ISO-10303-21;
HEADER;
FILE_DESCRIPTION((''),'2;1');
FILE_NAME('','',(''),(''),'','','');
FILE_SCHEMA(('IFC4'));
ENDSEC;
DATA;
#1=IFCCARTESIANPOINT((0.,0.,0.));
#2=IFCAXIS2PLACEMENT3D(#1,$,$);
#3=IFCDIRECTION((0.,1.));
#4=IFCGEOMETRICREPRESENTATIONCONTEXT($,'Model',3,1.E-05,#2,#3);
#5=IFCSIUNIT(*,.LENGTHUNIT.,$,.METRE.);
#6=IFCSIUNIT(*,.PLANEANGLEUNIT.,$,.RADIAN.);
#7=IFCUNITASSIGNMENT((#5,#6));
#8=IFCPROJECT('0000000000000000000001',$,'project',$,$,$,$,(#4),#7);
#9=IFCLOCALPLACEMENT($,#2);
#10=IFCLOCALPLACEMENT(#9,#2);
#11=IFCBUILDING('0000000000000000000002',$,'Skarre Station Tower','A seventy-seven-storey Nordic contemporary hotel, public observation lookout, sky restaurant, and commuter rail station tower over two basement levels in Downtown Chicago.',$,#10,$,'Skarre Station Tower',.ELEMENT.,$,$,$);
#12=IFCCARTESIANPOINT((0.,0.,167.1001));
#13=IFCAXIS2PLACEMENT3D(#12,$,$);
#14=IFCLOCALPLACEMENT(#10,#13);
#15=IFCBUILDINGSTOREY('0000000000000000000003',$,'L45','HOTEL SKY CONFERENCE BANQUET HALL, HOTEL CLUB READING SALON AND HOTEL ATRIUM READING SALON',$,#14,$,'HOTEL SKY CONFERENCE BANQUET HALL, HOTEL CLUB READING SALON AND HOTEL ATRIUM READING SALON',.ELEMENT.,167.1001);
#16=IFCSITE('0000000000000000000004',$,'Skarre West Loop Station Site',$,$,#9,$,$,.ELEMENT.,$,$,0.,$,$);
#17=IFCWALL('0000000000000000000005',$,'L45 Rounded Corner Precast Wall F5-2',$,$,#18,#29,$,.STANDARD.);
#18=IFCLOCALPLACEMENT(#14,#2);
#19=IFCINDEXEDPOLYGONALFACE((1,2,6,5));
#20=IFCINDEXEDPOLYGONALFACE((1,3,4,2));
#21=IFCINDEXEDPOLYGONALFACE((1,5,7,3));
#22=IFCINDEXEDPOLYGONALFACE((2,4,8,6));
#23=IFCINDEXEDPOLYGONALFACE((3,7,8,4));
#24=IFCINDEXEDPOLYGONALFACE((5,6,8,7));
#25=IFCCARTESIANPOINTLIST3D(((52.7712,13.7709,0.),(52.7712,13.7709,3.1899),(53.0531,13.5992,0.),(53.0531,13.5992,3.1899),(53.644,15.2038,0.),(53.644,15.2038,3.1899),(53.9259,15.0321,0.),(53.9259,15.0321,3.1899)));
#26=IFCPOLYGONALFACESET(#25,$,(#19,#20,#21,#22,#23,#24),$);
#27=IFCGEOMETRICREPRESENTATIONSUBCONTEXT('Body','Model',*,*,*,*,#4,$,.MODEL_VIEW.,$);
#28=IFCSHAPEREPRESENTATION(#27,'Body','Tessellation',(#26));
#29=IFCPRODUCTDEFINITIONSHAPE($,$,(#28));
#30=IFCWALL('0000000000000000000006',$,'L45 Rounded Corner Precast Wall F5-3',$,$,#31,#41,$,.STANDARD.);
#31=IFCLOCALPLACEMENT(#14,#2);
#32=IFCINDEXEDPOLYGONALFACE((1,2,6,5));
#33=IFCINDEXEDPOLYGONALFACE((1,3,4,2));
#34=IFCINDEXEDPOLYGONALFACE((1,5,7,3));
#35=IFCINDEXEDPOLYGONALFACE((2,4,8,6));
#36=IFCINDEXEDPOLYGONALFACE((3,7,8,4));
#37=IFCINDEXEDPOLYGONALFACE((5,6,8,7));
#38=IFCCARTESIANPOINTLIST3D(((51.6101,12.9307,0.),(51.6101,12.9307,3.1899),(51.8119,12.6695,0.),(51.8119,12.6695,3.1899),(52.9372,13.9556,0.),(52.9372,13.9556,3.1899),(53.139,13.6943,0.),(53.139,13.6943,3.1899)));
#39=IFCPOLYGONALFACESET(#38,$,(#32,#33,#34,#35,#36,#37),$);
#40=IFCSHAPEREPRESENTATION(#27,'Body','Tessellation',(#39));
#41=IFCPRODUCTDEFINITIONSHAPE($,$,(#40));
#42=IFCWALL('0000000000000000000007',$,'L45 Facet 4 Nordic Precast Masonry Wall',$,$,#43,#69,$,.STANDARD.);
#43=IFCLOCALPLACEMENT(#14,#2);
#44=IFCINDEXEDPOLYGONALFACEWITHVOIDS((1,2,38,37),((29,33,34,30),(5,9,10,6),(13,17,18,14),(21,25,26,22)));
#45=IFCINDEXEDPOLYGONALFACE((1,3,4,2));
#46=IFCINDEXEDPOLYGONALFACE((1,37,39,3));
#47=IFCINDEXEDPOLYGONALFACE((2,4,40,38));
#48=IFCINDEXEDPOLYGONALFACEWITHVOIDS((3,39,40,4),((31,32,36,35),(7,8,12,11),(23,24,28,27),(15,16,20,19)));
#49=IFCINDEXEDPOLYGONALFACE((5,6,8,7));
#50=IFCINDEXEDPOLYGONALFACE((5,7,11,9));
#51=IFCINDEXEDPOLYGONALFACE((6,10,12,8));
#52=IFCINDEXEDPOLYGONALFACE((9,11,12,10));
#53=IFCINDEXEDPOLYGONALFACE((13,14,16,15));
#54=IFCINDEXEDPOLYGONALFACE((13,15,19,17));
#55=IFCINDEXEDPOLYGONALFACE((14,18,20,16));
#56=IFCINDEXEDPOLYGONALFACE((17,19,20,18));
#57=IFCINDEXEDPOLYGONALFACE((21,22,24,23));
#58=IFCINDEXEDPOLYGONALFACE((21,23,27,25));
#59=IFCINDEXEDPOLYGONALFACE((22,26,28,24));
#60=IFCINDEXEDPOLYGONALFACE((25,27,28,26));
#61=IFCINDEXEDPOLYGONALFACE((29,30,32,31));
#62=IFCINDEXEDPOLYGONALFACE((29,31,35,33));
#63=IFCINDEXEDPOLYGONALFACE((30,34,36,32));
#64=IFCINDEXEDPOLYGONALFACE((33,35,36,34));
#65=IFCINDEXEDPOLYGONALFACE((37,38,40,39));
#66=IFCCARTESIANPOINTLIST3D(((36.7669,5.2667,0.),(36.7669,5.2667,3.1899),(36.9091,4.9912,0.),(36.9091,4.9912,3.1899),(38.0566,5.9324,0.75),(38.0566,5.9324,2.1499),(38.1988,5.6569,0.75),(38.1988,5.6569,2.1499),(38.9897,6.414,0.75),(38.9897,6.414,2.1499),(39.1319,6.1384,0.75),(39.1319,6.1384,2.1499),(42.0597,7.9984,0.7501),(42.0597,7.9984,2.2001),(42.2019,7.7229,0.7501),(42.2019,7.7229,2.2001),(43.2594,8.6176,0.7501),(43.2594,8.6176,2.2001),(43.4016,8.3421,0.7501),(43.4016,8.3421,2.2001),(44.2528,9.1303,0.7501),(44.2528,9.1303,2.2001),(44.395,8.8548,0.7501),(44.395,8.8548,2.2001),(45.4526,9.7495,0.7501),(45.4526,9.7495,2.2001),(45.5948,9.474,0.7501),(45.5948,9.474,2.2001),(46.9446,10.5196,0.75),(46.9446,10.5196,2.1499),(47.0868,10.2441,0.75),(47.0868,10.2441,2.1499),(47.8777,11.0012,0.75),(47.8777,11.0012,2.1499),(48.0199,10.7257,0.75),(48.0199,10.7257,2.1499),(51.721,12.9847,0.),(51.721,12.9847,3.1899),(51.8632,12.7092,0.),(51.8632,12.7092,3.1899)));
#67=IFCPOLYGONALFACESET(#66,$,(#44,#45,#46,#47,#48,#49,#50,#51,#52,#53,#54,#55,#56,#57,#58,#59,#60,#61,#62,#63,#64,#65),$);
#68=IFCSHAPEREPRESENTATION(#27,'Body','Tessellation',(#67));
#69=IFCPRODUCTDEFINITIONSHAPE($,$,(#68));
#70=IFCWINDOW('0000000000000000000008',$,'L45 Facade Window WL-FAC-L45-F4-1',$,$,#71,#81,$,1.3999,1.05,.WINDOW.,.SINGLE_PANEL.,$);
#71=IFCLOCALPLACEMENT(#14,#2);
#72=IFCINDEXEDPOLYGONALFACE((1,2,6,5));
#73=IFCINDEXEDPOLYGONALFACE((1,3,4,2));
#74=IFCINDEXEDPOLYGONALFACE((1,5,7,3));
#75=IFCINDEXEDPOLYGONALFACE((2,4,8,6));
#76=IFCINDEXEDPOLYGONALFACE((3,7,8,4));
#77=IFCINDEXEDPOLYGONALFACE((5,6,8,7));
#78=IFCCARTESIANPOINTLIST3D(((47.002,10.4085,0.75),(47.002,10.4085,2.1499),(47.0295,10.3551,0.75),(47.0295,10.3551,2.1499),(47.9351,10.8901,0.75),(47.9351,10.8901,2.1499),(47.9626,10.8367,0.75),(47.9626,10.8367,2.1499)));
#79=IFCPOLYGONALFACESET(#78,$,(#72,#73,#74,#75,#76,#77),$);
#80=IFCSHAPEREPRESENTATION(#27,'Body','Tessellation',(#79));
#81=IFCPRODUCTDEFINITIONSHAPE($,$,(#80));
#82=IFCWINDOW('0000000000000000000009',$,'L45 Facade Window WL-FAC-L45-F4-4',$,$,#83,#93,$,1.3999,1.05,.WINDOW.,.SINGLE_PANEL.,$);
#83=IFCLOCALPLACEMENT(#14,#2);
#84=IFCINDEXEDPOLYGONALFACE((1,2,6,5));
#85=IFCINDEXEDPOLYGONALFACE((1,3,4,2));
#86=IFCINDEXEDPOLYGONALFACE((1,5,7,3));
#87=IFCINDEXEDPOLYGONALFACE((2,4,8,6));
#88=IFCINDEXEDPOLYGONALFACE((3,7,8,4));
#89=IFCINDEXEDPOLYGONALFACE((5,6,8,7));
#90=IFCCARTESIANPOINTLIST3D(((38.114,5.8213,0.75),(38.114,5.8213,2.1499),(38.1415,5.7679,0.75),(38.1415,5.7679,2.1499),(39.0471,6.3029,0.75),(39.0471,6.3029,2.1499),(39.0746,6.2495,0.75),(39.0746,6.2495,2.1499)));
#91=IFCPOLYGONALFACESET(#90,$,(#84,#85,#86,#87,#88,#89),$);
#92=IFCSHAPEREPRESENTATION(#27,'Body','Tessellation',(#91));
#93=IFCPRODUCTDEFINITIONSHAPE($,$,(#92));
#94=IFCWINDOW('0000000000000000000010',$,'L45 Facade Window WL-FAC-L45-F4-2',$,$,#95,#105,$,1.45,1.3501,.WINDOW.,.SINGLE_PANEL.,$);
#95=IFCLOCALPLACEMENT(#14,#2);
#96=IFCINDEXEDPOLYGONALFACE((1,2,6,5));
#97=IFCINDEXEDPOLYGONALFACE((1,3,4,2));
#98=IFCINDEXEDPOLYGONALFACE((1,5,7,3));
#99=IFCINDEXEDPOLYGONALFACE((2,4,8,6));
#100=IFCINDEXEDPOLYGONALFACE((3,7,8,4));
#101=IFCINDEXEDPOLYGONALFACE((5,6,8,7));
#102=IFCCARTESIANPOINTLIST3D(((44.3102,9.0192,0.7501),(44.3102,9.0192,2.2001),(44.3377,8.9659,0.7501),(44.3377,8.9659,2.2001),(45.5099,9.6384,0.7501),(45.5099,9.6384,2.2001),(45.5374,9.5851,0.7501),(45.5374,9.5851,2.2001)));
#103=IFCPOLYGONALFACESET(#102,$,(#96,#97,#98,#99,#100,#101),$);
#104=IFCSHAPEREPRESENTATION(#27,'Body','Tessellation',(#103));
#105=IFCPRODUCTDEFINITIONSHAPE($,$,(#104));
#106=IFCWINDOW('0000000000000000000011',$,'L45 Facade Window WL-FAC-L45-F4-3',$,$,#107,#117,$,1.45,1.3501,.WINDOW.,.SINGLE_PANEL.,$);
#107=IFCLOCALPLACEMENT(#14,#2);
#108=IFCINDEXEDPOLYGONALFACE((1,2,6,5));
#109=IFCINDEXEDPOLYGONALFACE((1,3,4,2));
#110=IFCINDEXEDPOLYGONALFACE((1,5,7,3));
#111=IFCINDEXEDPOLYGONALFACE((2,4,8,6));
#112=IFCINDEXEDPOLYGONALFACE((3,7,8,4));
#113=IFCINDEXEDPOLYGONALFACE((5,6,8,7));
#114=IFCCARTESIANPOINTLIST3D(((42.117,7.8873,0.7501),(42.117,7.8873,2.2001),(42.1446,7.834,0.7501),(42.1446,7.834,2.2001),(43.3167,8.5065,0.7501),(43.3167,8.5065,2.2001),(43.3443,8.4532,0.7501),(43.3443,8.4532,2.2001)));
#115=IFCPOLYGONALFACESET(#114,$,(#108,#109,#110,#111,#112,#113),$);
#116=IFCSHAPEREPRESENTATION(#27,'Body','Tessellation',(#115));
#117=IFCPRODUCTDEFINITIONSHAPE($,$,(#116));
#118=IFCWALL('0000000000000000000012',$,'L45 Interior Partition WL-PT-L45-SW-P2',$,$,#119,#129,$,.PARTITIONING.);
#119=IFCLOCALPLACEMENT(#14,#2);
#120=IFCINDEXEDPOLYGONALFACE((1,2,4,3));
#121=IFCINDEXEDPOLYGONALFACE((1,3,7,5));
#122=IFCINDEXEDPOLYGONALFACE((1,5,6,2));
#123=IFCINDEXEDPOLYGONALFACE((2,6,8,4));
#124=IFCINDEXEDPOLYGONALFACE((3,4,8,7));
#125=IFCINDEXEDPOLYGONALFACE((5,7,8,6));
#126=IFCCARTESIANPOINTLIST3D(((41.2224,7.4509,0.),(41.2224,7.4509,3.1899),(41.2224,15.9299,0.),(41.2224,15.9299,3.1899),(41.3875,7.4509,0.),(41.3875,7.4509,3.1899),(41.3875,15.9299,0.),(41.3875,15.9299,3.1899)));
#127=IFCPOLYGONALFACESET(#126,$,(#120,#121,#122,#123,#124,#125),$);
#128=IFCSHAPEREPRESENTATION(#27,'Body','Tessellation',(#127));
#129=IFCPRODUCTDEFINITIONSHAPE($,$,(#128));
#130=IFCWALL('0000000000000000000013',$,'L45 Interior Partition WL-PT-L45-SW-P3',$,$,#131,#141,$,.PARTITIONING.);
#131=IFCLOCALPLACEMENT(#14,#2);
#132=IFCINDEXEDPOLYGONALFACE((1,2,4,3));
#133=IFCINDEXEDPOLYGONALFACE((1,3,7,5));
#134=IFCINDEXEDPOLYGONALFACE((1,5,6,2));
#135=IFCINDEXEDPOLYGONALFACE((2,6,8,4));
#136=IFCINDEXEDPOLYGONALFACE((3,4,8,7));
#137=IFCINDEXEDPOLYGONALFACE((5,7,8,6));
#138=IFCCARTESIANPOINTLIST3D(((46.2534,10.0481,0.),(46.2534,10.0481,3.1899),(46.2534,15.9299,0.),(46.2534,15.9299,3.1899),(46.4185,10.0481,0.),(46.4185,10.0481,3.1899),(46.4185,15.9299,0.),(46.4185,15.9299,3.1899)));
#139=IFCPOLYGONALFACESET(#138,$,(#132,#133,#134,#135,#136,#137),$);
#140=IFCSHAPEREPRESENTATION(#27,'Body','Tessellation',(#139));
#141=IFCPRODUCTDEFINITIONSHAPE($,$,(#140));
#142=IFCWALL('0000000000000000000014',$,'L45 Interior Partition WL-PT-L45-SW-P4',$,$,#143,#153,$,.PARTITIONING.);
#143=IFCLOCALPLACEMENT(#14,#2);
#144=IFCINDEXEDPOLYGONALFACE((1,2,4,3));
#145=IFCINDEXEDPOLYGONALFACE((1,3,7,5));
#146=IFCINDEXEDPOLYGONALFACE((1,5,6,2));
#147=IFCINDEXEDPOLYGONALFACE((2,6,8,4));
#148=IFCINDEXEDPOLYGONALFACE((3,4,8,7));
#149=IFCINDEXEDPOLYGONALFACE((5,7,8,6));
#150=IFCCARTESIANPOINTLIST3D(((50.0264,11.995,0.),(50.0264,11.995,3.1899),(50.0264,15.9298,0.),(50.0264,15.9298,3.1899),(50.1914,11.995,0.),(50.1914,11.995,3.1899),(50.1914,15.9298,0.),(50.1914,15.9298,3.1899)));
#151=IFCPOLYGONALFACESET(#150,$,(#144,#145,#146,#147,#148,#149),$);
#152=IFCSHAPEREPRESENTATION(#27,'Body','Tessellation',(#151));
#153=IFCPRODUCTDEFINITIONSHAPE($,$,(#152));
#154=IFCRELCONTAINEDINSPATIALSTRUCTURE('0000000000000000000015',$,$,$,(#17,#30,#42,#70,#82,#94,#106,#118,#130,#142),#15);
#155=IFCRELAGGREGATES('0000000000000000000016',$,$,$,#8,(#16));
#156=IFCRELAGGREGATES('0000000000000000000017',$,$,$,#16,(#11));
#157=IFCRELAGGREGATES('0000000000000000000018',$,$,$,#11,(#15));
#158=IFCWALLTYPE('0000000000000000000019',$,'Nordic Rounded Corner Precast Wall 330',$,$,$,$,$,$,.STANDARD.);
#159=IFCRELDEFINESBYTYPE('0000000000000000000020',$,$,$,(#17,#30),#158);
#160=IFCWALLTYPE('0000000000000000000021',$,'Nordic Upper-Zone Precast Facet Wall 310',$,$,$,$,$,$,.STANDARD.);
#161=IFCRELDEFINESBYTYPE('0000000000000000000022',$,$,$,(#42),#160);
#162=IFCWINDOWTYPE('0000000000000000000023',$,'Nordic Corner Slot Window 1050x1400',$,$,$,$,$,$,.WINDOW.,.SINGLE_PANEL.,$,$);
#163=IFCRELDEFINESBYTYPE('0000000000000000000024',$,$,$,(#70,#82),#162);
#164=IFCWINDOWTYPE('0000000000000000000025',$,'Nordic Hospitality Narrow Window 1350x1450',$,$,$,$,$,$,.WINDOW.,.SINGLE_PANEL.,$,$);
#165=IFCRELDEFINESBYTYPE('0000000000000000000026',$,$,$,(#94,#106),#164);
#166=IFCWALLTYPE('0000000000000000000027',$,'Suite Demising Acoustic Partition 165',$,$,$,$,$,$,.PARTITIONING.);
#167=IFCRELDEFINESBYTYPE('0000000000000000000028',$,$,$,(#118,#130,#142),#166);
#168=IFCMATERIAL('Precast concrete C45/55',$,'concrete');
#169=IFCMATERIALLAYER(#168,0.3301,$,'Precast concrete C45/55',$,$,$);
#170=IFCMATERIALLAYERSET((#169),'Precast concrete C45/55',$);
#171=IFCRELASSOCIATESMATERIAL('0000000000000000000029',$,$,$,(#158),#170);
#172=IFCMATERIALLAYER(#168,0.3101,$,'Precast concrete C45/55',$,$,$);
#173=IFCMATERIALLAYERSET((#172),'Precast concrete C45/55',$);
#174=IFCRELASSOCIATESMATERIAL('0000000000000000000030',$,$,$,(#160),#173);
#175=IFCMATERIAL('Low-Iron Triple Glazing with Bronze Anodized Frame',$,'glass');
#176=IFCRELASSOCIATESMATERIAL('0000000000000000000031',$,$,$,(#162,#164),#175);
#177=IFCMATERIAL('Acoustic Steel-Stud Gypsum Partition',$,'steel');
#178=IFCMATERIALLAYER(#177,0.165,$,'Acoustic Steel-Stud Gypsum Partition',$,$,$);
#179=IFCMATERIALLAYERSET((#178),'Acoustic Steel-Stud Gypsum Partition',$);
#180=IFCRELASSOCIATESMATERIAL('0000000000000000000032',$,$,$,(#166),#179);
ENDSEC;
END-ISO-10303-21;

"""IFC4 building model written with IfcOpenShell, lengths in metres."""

from ifc_helpers import new_model, si_unit, direction, frame, frame_2d, origin, place, context, subcontext, project, spatial, rectangle, extrude, material, layer, layer_set, type_object, element, fill, save


model = new_model("IFC4")

# Units and contexts
model_context = context("Model", 3, precision=1e-05, world=origin(), true_north=direction((0.0, 1.0)))
body_context = subcontext(model_context, "Body", "Model", "MODEL_VIEW")
ifc_project = project(units=[si_unit("LENGTHUNIT", "METRE"), si_unit("PLANEANGLEUNIT", "RADIAN")], contexts=[model_context])

# Site, building, storey
site_placement = place(None, origin())
site = spatial("IfcSite", under=ifc_project, at=site_placement, Name="Skarre West Loop Station Site", CompositionType="ELEMENT", RefElevation=0.0)
building_placement = place(site_placement, origin())
building = spatial("IfcBuilding", under=site, at=building_placement, Name="Skarre Station Tower", Description="A seventy-seven-storey Nordic contemporary hotel, public observation lookout, sky restaurant, and commuter rail station tower over two basement levels in Downtown Chicago.", LongName="Skarre Station Tower", CompositionType="ELEMENT")
storey_placement = place(building_placement, frame((0.0, 0.0, 167.1001)))
storey = spatial("IfcBuildingStorey", under=building, at=storey_placement, Name="L45", Description="HOTEL SKY CONFERENCE BANQUET HALL, HOTEL CLUB READING SALON AND HOTEL ATRIUM READING SALON", LongName="HOTEL SKY CONFERENCE BANQUET HALL, HOTEL CLUB READING SALON AND HOTEL ATRIUM READING SALON", CompositionType="ELEMENT", Elevation=167.1001)

# Shared definitions
ifc_material_1 = material(Name="Acoustic Steel-Stud Gypsum Partition", Category="steel")

# Walls
ifc_material_2 = material(Name="Precast concrete C45/55", Category="concrete")
ifc_layer_1 = layer(ifc_material_2, 0.3301, Name="Precast concrete C45/55")
ifc_layer_set_1 = layer_set([ifc_layer_1], Name="Precast concrete C45/55")
wall_type_1 = type_object("IfcWallType", Name="Nordic Rounded Corner Precast Wall 330", PredefinedType="STANDARD", material=ifc_layer_set_1)
wall_1_placement = place(storey_placement, frame((53.7849, 15.1179, 0.0), z_axis=(0.0, 0.0, 1.0), x_axis=(-0.520219, -0.854033, 0.0)))
element("IfcWall", 1, at=wall_1_placement, inside=storey, type_object=wall_type_1, Name="L45 Rounded Corner Precast Wall F5-2", PredefinedType="STANDARD", context=body_context, shape_type="SweptSolid", body=[
    extrude(rectangle(XDim=1.6777, YDim=0.3301, at=frame_2d((0.8389, 0.0))), origin(), (0.0, 0.0, 1.0), 3.1899),
])
wall_2_placement = place(storey_placement, frame((53.0381, 13.825, 0.0), z_axis=(0.0, 0.0, 1.0), x_axis=(-0.791464, -0.611215, 0.0)))
element("IfcWall", 2, at=wall_2_placement, inside=storey, type_object=wall_type_1, Name="L45 Rounded Corner Precast Wall F5-3", PredefinedType="STANDARD", context=body_context, shape_type="SweptSolid", body=[
    extrude(rectangle(XDim=1.6768, YDim=0.3301, at=frame_2d((0.8384, 0.0))), origin(), (0.0, 0.0, 1.0), 3.1899),
])

# Wall, openings, windows
ifc_layer_2 = layer(ifc_material_2, 0.3101, Name="Precast concrete C45/55")
ifc_layer_set_2 = layer_set([ifc_layer_2], Name="Precast concrete C45/55")
wall_type_2 = type_object("IfcWallType", Name="Nordic Upper-Zone Precast Facet Wall 310", PredefinedType="STANDARD", material=ifc_layer_set_2)
wall_3_placement = place(storey_placement, frame((51.792, 12.8469, 0.0), z_axis=(0.0, 0.0, 1.0), x_axis=(-0.888626, -0.458632, 0.0)))
wall_3 = element("IfcWall", 3, at=wall_3_placement, inside=storey, type_object=wall_type_2, Name="L45 Facet 4 Nordic Precast Masonry Wall", PredefinedType="STANDARD", context=body_context, shape_type="SweptSolid", body=[
    extrude(rectangle(XDim=16.8284, YDim=0.3101, at=frame_2d((8.4141, 0.0))), origin(), (0.0, 0.0, 1.0), 3.1899),
])
opening_1_placement = place(wall_3_placement, frame((4.325, 0.0, 0.75)))
opening_1 = element("IfcOpeningElement", 4, at=opening_1_placement, cuts=wall_3, PredefinedType="OPENING", context=body_context, shape_type="SweptSolid", body=[
    extrude(rectangle(XDim=1.05, YDim=1.3999, at=frame_2d((0.5249, 0.7))), frame((0.0, 0.165, 0.0), z_axis=(0.0, -1.0, 0.0), x_axis=(1.0, 0.0, 0.0)), (0.0, 0.0, 1.0), 0.3301),
])
opening_2_placement = place(wall_3_placement, frame((7.054, 0.0, 0.75)))
opening_2 = element("IfcOpeningElement", 5, at=opening_2_placement, cuts=wall_3, PredefinedType="OPENING", context=body_context, shape_type="SweptSolid", body=[
    extrude(rectangle(XDim=1.3501, YDim=1.45, at=frame_2d((0.675, 0.7251))), frame((0.0, 0.165, 0.0), z_axis=(0.0, -1.0, 0.0), x_axis=(1.0, 0.0, 0.0)), (0.0, 0.0, 1.0), 0.3301),
])
opening_3_placement = place(wall_3_placement, frame((9.522, 0.0, 0.75)))
opening_3 = element("IfcOpeningElement", 6, at=opening_3_placement, cuts=wall_3, PredefinedType="OPENING", context=body_context, shape_type="SweptSolid", body=[
    extrude(rectangle(XDim=1.3501, YDim=1.45, at=frame_2d((0.675, 0.7251))), frame((0.0, 0.165, 0.0), z_axis=(0.0, -1.0, 0.0), x_axis=(1.0, 0.0, 0.0)), (0.0, 0.0, 1.0), 0.3301),
])
opening_4_placement = place(wall_3_placement, frame((14.3269, 0.0, 0.75)))
opening_4 = element("IfcOpeningElement", 7, at=opening_4_placement, cuts=wall_3, PredefinedType="OPENING", context=body_context, shape_type="SweptSolid", body=[
    extrude(rectangle(XDim=1.05, YDim=1.3999, at=frame_2d((0.5249, 0.7))), frame((0.0, 0.165, 0.0), z_axis=(0.0, -1.0, 0.0), x_axis=(1.0, 0.0, 0.0)), (0.0, 0.0, 1.0), 0.3301),
])
ifc_material_3 = material(Name="Low-Iron Triple Glazing with Bronze Anodized Frame", Category="glass")
window_type_1 = type_object("IfcWindowType", Name="Nordic Corner Slot Window 1050x1400", PartitioningType="SINGLE_PANEL", PredefinedType="WINDOW", material=ifc_material_3)
window_1_placement = place(opening_1_placement, origin())
window_1 = element("IfcWindow", 8, at=window_1_placement, inside=storey, type_object=window_type_1, Name="L45 Facade Window WL-FAC-L45-F4-1", OverallHeight=1.3999, OverallWidth=1.05, PartitioningType="SINGLE_PANEL", PredefinedType="WINDOW", context=body_context, shape_type="SweptSolid", body=[
    extrude(rectangle(XDim=1.05, YDim=1.3999, at=frame_2d((0.5249, 0.7))), frame((0.0, 0.03, 0.0), z_axis=(0.0, -1.0, 0.0), x_axis=(1.0, 0.0, 0.0)), (0.0, 0.0, 1.0), 0.0601),
])
fill(opening_1, window_1)
window_2_placement = place(opening_4_placement, origin())
window_2 = element("IfcWindow", 9, at=window_2_placement, inside=storey, type_object=window_type_1, Name="L45 Facade Window WL-FAC-L45-F4-4", OverallHeight=1.3999, OverallWidth=1.05, PartitioningType="SINGLE_PANEL", PredefinedType="WINDOW", context=body_context, shape_type="SweptSolid", body=[
    extrude(rectangle(XDim=1.05, YDim=1.3999, at=frame_2d((0.5249, 0.7))), frame((0.0, 0.03, 0.0), z_axis=(0.0, -1.0, 0.0), x_axis=(1.0, 0.0, 0.0)), (0.0, 0.0, 1.0), 0.0601),
])
fill(opening_4, window_2)
window_type_2 = type_object("IfcWindowType", Name="Nordic Hospitality Narrow Window 1350x1450", PartitioningType="SINGLE_PANEL", PredefinedType="WINDOW", material=ifc_material_3)
window_3_placement = place(opening_2_placement, origin())
window_3 = element("IfcWindow", 10, at=window_3_placement, inside=storey, type_object=window_type_2, Name="L45 Facade Window WL-FAC-L45-F4-2", OverallHeight=1.45, OverallWidth=1.3501, PartitioningType="SINGLE_PANEL", PredefinedType="WINDOW", context=body_context, shape_type="SweptSolid", body=[
    extrude(rectangle(XDim=1.3501, YDim=1.45, at=frame_2d((0.675, 0.7251))), frame((0.0, 0.03, 0.0), z_axis=(0.0, -1.0, 0.0), x_axis=(1.0, 0.0, 0.0)), (0.0, 0.0, 1.0), 0.0601),
])
fill(opening_2, window_3)
window_4_placement = place(opening_3_placement, origin())
window_4 = element("IfcWindow", 11, at=window_4_placement, inside=storey, type_object=window_type_2, Name="L45 Facade Window WL-FAC-L45-F4-3", OverallHeight=1.45, OverallWidth=1.3501, PartitioningType="SINGLE_PANEL", PredefinedType="WINDOW", context=body_context, shape_type="SweptSolid", body=[
    extrude(rectangle(XDim=1.3501, YDim=1.45, at=frame_2d((0.675, 0.7251))), frame((0.0, 0.03, 0.0), z_axis=(0.0, -1.0, 0.0), x_axis=(1.0, 0.0, 0.0)), (0.0, 0.0, 1.0), 0.0601),
])
fill(opening_3, window_4)

# Walls
ifc_layer_3 = layer(ifc_material_1, 0.165, Name="Acoustic Steel-Stud Gypsum Partition")
ifc_layer_set_3 = layer_set([ifc_layer_3], Name="Acoustic Steel-Stud Gypsum Partition")
wall_type_3 = type_object("IfcWallType", Name="Suite Demising Acoustic Partition 165", PredefinedType="PARTITIONING", material=ifc_layer_set_3)
wall_4_placement = place(storey_placement, frame((41.3049, 7.4509, 0.0), z_axis=(0.0, 0.0, 1.0), x_axis=(0.0, 1.0, 0.0)))
element("IfcWall", 12, at=wall_4_placement, inside=storey, type_object=wall_type_3, Name="L45 Interior Partition WL-PT-L45-SW-P2", PredefinedType="PARTITIONING", context=body_context, shape_type="SweptSolid", body=[
    extrude(rectangle(XDim=8.479, YDim=0.165, at=frame_2d((4.2395, 0.0))), origin(), (0.0, 0.0, 1.0), 3.1899),
])
wall_5_placement = place(storey_placement, frame((46.3359, 10.0481, 0.0), z_axis=(0.0, 0.0, 1.0), x_axis=(0.0, 1.0, 0.0)))
element("IfcWall", 13, at=wall_5_placement, inside=storey, type_object=wall_type_3, Name="L45 Interior Partition WL-PT-L45-SW-P3", PredefinedType="PARTITIONING", context=body_context, shape_type="SweptSolid", body=[
    extrude(rectangle(XDim=5.8818, YDim=0.165, at=frame_2d((2.9409, 0.0))), origin(), (0.0, 0.0, 1.0), 3.1899),
])
wall_6_placement = place(storey_placement, frame((50.1089, 11.9951, 0.0), z_axis=(0.0, 0.0, 1.0), x_axis=(0.0, 1.0, 0.0)))
element("IfcWall", 14, at=wall_6_placement, inside=storey, type_object=wall_type_3, Name="L45 Interior Partition WL-PT-L45-SW-P4", PredefinedType="PARTITIONING", context=body_context, shape_type="SweptSolid", body=[
    extrude(rectangle(XDim=3.9348, YDim=0.165, at=frame_2d((1.9673, 0.0))), origin(), (0.0, 0.0, 1.0), 3.1899),
])

save(model, "model.ifc")
